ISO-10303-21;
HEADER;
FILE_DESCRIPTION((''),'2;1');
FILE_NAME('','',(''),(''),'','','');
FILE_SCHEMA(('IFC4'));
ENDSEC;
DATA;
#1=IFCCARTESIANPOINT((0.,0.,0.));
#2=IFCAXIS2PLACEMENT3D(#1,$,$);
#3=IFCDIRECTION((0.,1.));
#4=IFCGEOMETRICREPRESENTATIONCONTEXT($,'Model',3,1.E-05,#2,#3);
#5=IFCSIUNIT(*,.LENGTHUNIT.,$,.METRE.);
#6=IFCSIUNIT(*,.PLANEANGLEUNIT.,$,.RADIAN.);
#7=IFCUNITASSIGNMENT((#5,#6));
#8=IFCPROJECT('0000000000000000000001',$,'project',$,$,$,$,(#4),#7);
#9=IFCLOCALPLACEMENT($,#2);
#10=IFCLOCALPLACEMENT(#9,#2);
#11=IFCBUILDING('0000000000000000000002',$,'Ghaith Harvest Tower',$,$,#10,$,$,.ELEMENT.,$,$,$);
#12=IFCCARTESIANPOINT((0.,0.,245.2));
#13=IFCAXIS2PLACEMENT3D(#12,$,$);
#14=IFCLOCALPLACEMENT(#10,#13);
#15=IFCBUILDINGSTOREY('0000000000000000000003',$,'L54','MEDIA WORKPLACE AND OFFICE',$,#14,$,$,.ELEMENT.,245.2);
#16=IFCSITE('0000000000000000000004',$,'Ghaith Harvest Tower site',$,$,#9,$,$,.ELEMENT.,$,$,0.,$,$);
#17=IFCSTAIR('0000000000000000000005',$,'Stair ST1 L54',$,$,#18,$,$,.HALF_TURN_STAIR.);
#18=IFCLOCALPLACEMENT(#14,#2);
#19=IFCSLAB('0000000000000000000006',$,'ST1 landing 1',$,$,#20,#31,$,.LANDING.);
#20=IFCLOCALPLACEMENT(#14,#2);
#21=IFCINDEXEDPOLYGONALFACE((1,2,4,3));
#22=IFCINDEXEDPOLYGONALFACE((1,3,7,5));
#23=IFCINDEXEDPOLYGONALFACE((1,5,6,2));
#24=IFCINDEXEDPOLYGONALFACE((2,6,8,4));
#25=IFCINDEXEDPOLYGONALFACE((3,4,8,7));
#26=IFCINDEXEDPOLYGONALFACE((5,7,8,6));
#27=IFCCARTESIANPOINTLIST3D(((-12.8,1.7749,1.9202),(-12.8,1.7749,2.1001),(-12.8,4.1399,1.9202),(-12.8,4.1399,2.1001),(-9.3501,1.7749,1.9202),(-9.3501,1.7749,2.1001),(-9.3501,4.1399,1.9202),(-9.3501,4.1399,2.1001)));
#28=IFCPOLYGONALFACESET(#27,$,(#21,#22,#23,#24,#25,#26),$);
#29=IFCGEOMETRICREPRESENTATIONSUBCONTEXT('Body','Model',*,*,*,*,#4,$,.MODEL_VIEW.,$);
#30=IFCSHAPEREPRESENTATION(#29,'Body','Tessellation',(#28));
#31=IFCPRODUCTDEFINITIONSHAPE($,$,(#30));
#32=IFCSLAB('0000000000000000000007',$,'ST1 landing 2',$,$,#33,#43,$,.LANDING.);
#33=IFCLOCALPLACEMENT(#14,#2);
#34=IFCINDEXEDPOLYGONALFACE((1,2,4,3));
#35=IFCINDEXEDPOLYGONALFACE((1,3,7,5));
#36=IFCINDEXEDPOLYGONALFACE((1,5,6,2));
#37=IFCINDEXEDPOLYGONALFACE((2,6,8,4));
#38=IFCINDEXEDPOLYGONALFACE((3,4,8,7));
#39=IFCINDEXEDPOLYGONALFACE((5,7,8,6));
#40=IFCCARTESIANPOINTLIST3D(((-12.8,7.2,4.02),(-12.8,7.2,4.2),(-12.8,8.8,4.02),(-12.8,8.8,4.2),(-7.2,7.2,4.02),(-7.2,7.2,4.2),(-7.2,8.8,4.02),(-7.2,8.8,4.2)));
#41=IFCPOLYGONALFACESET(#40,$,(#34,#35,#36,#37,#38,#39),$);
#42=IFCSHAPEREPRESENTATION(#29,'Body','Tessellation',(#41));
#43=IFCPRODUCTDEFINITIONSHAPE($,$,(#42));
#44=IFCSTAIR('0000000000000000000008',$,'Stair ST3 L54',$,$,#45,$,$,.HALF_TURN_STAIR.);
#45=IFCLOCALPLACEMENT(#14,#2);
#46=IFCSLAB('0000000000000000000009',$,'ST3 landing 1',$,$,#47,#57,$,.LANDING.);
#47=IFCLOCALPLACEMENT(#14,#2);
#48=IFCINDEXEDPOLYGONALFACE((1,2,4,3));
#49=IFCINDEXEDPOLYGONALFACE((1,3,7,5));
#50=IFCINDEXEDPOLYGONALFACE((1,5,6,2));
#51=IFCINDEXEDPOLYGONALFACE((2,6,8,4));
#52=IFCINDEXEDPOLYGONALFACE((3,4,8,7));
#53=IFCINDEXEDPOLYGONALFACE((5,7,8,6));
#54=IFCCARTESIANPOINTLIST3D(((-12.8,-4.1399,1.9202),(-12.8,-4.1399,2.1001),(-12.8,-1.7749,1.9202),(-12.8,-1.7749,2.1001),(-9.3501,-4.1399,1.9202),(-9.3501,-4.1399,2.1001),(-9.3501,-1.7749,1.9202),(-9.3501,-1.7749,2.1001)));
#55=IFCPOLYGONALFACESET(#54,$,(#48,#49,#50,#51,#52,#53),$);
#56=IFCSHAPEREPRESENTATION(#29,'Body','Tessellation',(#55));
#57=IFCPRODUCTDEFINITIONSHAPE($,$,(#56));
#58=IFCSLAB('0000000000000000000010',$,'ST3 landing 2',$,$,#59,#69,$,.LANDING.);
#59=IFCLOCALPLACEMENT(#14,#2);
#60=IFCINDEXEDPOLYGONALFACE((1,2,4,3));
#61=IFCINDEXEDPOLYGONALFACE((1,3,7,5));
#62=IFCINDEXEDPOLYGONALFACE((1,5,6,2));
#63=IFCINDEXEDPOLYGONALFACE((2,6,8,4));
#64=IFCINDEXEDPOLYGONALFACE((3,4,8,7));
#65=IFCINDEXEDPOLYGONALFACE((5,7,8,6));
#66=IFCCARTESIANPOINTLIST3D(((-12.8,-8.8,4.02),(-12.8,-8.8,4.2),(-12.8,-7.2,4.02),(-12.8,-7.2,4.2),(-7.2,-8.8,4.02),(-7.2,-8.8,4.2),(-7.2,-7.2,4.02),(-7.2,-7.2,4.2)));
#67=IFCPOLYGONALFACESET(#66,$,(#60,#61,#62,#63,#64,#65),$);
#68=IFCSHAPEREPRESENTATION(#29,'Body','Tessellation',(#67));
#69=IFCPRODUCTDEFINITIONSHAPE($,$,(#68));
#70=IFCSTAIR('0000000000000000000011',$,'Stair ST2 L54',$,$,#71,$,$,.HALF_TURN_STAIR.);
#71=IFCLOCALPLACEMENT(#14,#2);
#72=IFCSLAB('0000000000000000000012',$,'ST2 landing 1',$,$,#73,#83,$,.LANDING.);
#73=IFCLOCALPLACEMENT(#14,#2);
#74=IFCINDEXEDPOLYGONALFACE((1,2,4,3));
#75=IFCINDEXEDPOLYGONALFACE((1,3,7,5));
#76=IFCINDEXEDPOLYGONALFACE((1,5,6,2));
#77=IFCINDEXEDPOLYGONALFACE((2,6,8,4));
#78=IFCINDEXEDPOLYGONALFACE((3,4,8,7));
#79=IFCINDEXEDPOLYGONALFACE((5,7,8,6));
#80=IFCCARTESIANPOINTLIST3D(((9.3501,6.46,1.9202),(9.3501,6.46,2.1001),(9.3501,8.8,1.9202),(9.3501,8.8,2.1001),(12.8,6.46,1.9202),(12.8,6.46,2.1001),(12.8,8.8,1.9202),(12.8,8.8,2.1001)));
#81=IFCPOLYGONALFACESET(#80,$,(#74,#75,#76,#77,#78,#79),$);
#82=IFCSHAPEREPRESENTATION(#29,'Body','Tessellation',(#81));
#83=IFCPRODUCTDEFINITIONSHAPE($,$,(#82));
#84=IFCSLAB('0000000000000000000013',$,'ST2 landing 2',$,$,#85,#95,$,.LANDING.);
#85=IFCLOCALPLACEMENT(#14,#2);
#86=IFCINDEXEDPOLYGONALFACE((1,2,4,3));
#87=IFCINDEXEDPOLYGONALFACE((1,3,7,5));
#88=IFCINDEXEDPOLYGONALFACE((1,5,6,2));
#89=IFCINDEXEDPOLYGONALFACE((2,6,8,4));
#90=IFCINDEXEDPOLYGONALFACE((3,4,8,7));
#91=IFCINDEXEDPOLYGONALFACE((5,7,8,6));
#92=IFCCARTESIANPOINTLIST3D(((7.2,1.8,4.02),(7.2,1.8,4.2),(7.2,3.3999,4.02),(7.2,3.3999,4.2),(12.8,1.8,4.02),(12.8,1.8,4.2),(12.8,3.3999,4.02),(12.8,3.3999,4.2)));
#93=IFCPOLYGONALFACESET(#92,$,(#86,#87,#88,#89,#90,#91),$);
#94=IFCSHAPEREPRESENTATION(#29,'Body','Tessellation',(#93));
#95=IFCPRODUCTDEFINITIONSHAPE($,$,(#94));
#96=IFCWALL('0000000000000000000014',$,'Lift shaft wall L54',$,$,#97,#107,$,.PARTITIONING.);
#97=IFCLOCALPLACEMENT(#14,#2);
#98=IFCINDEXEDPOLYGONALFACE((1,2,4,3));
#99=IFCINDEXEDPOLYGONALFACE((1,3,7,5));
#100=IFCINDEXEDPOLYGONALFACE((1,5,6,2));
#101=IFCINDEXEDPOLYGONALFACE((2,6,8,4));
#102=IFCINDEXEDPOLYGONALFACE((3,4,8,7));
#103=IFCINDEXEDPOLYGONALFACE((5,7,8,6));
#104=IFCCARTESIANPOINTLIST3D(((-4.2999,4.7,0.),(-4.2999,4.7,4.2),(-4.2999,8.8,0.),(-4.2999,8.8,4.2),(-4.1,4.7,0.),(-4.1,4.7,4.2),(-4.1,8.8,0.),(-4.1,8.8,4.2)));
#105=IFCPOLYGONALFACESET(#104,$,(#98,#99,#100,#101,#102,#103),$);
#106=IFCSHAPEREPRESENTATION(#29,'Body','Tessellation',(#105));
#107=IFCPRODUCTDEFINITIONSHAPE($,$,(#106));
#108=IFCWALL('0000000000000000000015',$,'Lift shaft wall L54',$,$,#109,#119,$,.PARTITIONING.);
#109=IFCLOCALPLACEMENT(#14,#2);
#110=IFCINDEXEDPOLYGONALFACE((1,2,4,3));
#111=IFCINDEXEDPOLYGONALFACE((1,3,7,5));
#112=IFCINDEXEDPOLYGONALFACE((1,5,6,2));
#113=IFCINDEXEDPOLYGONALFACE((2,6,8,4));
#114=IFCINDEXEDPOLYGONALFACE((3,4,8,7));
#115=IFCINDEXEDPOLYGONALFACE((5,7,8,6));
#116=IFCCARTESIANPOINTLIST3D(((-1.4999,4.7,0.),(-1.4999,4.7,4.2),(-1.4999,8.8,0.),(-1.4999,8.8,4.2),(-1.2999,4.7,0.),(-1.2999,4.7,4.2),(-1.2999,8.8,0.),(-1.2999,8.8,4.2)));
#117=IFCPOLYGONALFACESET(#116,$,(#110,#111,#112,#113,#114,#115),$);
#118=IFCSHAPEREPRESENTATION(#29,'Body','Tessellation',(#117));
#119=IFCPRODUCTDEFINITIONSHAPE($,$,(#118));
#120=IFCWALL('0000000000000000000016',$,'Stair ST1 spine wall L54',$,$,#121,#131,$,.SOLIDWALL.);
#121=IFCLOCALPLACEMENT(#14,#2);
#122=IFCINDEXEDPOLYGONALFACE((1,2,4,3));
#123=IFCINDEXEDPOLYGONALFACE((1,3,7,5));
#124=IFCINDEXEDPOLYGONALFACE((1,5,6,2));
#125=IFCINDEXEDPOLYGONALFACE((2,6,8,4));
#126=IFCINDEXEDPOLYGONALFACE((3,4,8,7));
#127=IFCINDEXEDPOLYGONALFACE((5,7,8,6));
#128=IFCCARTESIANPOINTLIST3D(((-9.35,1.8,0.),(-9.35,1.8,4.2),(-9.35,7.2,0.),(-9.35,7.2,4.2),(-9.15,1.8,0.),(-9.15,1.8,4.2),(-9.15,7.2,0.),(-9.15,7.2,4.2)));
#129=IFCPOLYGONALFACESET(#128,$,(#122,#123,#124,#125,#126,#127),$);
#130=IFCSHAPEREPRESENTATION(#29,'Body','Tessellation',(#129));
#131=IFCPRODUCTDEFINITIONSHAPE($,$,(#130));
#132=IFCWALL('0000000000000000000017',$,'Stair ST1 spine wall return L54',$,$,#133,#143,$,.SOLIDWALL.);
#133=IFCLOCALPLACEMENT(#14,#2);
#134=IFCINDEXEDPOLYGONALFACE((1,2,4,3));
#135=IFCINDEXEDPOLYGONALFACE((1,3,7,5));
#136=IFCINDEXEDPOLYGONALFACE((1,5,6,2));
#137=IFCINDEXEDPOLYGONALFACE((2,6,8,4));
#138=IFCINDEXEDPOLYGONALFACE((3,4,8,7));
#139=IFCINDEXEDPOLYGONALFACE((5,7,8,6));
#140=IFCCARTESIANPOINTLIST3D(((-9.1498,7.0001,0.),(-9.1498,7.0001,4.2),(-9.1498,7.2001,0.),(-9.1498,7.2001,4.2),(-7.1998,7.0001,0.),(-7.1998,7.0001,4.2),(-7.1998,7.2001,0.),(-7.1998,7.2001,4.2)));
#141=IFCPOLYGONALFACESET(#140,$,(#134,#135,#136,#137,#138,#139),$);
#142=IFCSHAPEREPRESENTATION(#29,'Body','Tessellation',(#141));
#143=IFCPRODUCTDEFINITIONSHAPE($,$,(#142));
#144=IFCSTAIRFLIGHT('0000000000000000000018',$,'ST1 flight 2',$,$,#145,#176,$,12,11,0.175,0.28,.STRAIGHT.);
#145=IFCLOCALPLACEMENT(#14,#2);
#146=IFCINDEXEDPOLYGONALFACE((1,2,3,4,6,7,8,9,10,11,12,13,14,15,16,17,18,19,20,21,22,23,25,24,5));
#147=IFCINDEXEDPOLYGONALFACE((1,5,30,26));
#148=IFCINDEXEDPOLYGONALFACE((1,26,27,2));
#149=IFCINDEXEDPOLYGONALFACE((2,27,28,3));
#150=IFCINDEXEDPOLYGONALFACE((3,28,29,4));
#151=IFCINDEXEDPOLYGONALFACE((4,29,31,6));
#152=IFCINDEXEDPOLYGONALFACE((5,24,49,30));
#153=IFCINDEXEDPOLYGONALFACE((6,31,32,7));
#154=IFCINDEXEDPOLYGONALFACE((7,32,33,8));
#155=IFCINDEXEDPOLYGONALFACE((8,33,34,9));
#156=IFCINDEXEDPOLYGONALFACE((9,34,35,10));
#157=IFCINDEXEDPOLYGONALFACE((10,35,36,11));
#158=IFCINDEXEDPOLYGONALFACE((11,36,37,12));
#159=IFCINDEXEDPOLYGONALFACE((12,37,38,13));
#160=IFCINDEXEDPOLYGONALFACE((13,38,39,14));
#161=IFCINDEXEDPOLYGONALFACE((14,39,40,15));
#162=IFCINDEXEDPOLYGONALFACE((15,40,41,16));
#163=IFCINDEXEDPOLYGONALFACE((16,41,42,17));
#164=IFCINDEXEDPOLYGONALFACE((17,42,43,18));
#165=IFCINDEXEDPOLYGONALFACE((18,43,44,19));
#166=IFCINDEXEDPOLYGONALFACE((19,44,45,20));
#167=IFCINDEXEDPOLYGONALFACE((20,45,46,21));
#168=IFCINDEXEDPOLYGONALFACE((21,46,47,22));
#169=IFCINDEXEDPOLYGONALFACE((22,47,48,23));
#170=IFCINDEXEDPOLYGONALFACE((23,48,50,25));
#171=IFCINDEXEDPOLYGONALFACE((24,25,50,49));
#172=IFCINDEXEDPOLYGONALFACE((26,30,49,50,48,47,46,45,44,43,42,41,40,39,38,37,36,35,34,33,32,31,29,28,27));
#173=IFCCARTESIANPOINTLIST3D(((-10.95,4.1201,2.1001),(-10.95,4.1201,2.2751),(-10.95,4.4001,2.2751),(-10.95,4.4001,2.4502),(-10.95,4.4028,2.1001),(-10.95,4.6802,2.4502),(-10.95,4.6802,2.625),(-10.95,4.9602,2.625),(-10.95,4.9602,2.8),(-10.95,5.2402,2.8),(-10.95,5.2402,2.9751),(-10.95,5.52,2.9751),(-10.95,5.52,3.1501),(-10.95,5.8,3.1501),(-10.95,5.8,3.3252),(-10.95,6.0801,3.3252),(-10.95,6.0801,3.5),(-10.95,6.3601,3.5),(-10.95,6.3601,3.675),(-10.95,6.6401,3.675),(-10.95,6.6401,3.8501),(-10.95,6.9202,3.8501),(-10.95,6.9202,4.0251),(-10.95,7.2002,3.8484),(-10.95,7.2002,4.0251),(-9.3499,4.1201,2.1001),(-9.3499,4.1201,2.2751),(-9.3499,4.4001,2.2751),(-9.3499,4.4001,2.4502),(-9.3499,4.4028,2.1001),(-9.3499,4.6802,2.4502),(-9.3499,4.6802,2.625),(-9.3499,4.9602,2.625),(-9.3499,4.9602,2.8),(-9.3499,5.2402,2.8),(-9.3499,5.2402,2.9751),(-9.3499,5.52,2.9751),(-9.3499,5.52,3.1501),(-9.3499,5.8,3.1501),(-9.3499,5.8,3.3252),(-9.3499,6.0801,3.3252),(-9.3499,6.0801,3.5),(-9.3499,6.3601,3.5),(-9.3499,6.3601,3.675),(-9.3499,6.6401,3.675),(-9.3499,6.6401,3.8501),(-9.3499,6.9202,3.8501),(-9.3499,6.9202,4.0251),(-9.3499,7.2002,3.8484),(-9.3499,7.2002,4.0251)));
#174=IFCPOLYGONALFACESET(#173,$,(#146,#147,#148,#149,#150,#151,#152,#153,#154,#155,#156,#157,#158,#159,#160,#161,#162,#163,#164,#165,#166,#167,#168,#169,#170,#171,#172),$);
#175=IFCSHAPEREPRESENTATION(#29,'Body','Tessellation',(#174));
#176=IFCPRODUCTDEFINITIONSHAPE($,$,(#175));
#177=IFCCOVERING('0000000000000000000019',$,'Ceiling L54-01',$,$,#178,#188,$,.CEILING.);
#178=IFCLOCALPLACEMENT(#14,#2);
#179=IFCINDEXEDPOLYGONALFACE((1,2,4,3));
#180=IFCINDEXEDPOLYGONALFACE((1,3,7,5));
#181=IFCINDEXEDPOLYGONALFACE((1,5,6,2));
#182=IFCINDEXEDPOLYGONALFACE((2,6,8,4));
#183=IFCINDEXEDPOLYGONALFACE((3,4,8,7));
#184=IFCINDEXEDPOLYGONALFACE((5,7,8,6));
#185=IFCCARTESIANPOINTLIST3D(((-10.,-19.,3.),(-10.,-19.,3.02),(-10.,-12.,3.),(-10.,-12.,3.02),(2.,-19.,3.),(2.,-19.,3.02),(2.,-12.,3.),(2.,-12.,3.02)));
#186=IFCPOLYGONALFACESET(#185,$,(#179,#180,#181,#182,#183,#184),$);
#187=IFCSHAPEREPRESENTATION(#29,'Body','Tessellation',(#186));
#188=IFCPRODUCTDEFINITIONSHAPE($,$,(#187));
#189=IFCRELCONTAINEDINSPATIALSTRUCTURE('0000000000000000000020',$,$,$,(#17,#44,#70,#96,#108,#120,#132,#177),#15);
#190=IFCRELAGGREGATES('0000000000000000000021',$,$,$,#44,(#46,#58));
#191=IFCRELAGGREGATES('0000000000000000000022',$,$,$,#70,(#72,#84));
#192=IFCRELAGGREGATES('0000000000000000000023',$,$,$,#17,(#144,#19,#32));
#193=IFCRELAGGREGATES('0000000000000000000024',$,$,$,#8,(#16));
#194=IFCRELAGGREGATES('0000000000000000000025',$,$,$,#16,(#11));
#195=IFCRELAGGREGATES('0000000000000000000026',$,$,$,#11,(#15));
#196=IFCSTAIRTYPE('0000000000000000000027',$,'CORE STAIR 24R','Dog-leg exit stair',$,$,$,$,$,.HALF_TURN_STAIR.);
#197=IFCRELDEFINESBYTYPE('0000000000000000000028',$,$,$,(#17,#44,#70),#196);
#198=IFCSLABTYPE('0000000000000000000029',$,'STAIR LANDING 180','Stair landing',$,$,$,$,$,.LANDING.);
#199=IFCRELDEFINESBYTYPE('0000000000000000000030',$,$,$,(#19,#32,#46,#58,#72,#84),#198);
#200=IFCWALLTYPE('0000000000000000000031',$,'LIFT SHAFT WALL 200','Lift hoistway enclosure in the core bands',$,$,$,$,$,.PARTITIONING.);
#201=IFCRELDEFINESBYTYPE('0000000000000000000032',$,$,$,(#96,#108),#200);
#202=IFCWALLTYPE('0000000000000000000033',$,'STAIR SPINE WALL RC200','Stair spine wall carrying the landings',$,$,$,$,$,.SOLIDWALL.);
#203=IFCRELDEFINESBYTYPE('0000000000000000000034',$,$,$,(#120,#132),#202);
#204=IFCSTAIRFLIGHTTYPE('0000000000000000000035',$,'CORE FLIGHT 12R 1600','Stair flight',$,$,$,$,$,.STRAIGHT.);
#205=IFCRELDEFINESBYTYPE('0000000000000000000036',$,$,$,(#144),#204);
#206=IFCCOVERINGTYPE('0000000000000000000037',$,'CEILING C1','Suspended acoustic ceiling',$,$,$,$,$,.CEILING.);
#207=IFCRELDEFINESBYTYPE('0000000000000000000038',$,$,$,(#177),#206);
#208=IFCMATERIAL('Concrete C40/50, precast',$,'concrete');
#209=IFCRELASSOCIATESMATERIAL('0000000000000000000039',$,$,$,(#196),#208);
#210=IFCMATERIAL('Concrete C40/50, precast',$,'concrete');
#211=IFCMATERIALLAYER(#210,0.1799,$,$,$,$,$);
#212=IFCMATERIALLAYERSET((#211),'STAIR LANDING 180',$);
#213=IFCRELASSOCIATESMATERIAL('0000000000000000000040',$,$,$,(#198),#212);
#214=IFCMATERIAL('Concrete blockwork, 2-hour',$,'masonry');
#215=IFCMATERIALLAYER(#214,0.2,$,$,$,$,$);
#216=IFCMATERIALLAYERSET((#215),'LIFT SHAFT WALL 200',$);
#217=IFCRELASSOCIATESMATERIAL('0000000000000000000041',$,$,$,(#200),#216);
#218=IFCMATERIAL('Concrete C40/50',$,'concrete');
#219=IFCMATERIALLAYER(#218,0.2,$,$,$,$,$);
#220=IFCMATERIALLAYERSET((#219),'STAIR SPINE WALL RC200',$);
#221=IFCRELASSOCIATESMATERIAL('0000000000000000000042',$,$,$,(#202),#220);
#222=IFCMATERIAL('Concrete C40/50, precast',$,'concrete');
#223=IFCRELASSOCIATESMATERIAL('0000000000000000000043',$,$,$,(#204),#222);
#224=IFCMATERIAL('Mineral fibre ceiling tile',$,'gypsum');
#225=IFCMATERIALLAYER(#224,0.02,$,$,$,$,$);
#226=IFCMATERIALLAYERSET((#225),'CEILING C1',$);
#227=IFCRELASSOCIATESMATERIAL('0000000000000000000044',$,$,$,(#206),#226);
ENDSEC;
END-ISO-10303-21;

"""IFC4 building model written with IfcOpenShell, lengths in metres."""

from ifc_helpers import new_model, si_unit, direction, frame, frame_2d, origin, place, context, subcontext, project, spatial, polyline, rectangle, outline, extrude, material, layer, layer_set, type_object, element, aggregate, save


model = new_model("IFC4")

# Units and contexts
model_context = context("Model", 3, precision=1e-05, world=origin(), true_north=direction((0.0, 1.0)))
body_context = subcontext(model_context, "Body", "Model", "MODEL_VIEW")
ifc_project = project(units=[si_unit("LENGTHUNIT", "METRE"), si_unit("PLANEANGLEUNIT", "RADIAN")], contexts=[model_context])

# Site, building, storey
site_placement = place(None, origin())
site = spatial("IfcSite", under=ifc_project, at=site_placement, Name="Ghaith Harvest Tower site", CompositionType="ELEMENT", RefElevation=0.0)
building_placement = place(site_placement, origin())
building = spatial("IfcBuilding", under=site, at=building_placement, Name="Ghaith Harvest Tower", CompositionType="ELEMENT")
storey_placement = place(building_placement, frame((0.0, 0.0, 245.2)))
storey = spatial("IfcBuildingStorey", under=building, at=storey_placement, Name="L54", Description="MEDIA WORKPLACE AND OFFICE", CompositionType="ELEMENT", Elevation=245.2)

# Stairs, slabs
ifc_material_1 = material(Name="Concrete C40/50, precast", Category="concrete")
stair_type = type_object("IfcStairType", Name="CORE STAIR 24R", Description="Dog-leg exit stair", PredefinedType="HALF_TURN_STAIR", material=ifc_material_1)
stair_1_placement = place(storey_placement, origin())
stair_1 = element("IfcStair", 1, at=stair_1_placement, inside=storey, type_object=stair_type, Name="Stair ST1 L54", PredefinedType="HALF_TURN_STAIR")
ifc_material_2 = material(Name="Concrete C40/50, precast", Category="concrete")
ifc_layer_1 = layer(ifc_material_2, 0.1799)
ifc_layer_set_1 = layer_set([ifc_layer_1], Name="STAIR LANDING 180")
slab_type_1 = type_object("IfcSlabType", Name="STAIR LANDING 180", Description="Stair landing", PredefinedType="LANDING", material=ifc_layer_set_1)
slab_1_placement = place(storey_placement, frame((0.0, 0.0, 1.9202)))
slab_1 = element("IfcSlab", 2, at=slab_1_placement, type_object=slab_type_1, Name="ST1 landing 1", PredefinedType="LANDING", context=body_context, shape_type="SweptSolid", body=[
    extrude(outline(polyline([(-12.8, 4.1399), (-12.8, 1.7749), (-9.3501, 1.7749), (-9.3501, 4.1399), (-12.8, 4.1399)])), origin(), (0.0, 0.0, 1.0), 0.1799),
])
slab_2_placement = place(storey_placement, frame((0.0, 0.0, 4.02)))
slab_2 = element("IfcSlab", 3, at=slab_2_placement, type_object=slab_type_1, Name="ST1 landing 2", PredefinedType="LANDING", context=body_context, shape_type="SweptSolid", body=[
    extrude(outline(polyline([(-12.8, 8.8), (-12.8, 7.2), (-7.2, 7.2), (-7.2, 8.8), (-12.8, 8.8)])), origin(), (0.0, 0.0, 1.0), 0.1799),
])
stair_2_placement = place(storey_placement, origin())
stair_2 = element("IfcStair", 4, at=stair_2_placement, inside=storey, type_object=stair_type, Name="Stair ST3 L54", PredefinedType="HALF_TURN_STAIR")
slab_3_placement = place(storey_placement, frame((0.0, 0.0, 1.9202)))
slab_3 = element("IfcSlab", 5, at=slab_3_placement, type_object=slab_type_1, Name="ST3 landing 1", PredefinedType="LANDING", context=body_context, shape_type="SweptSolid", body=[
    extrude(outline(polyline([(-12.8, -4.1399), (-12.8, -1.7749), (-9.3501, -1.7749), (-9.3501, -4.1399), (-12.8, -4.1399)])), origin(), (0.0, 0.0, 1.0), 0.1799),
])
slab_4_placement = place(storey_placement, frame((0.0, 0.0, 4.02)))
slab_4 = element("IfcSlab", 6, at=slab_4_placement, type_object=slab_type_1, Name="ST3 landing 2", PredefinedType="LANDING", context=body_context, shape_type="SweptSolid", body=[
    extrude(outline(polyline([(-12.8, -8.8), (-12.8, -7.2), (-7.2, -7.2), (-7.2, -8.8), (-12.8, -8.8)])), origin(), (0.0, 0.0, 1.0), 0.1799),
])
aggregate(stair_2, [slab_3, slab_4])
stair_3_placement = place(storey_placement, origin())
stair_3 = element("IfcStair", 7, at=stair_3_placement, inside=storey, type_object=stair_type, Name="Stair ST2 L54", PredefinedType="HALF_TURN_STAIR")
slab_5_placement = place(storey_placement, frame((0.0, 0.0, 1.9202)))
slab_5 = element("IfcSlab", 8, at=slab_5_placement, type_object=slab_type_1, Name="ST2 landing 1", PredefinedType="LANDING", context=body_context, shape_type="SweptSolid", body=[
    extrude(outline(polyline([(12.8, 6.46), (12.8, 8.8), (9.3501, 8.8), (9.3501, 6.46), (12.8, 6.46)])), origin(), (0.0, 0.0, 1.0), 0.1799),
])
slab_6_placement = place(storey_placement, frame((0.0, 0.0, 4.02)))
slab_6 = element("IfcSlab", 9, at=slab_6_placement, type_object=slab_type_1, Name="ST2 landing 2", PredefinedType="LANDING", context=body_context, shape_type="SweptSolid", body=[
    extrude(outline(polyline([(12.8, 1.8), (12.8, 3.3999), (7.2, 3.3999), (7.2, 1.8), (12.8, 1.8)])), origin(), (0.0, 0.0, 1.0), 0.1799),
])
aggregate(stair_3, [slab_5, slab_6])

# Walls
ifc_material_3 = material(Name="Concrete blockwork, 2-hour", Category="masonry")
ifc_layer_2 = layer(ifc_material_3, 0.2)
ifc_layer_set_2 = layer_set([ifc_layer_2], Name="LIFT SHAFT WALL 200")
wall_type_1 = type_object("IfcWallType", Name="LIFT SHAFT WALL 200", Description="Lift hoistway enclosure in the core bands", PredefinedType="PARTITIONING", material=ifc_layer_set_2)
for number, where, z_axis, x_axis, name in (
    (10, (-4.2, 4.7, 0.0), (0.0, 0.0, 1.0), (0.0, 1.0, 0.0), "Lift shaft wall L54"),
    (11, (-1.3999, 4.7, 0.0), (0.0, 0.0, 1.0), (0.0, 1.0, 0.0), "Lift shaft wall L54"),
):
    element("IfcWall", number, at=place(storey_placement, frame(where, z_axis=z_axis, x_axis=x_axis)), inside=storey, type_object=wall_type_1, Name=name, PredefinedType="PARTITIONING", context=body_context, shape_type="SweptSolid", body=[
        extrude(rectangle(XDim=4.1001, YDim=0.2, at=frame_2d((2.05, 0.0))), origin(), (0.0, 0.0, 1.0), 4.2),
    ])

# Walls
ifc_material_4 = material(Name="Concrete C40/50", Category="concrete")
ifc_layer_3 = layer(ifc_material_4, 0.2)
ifc_layer_set_3 = layer_set([ifc_layer_3], Name="STAIR SPINE WALL RC200")
wall_type_2 = type_object("IfcWallType", Name="STAIR SPINE WALL RC200", Description="Stair spine wall carrying the landings", PredefinedType="SOLIDWALL", material=ifc_layer_set_3)
wall_1_placement = place(storey_placement, frame((-9.25, 7.2, 0.0), z_axis=(0.0, 0.0, 1.0), x_axis=(0.0, -1.0, 0.0)))
element("IfcWall", 12, at=wall_1_placement, inside=storey, type_object=wall_type_2, Name="Stair ST1 spine wall L54", PredefinedType="SOLIDWALL", context=body_context, shape_type="SweptSolid", body=[
    extrude(rectangle(XDim=5.3999, YDim=0.2, at=frame_2d((2.7, 0.0))), origin(), (0.0, 0.0, 1.0), 4.2),
])
wall_2_placement = place(storey_placement, frame((-9.1499, 7.1001, 0.0), z_axis=(0.0, 0.0, 1.0), x_axis=(1.0, 0.0, 0.0)))
element("IfcWall", 13, at=wall_2_placement, inside=storey, type_object=wall_type_2, Name="Stair ST1 spine wall return L54", PredefinedType="SOLIDWALL", context=body_context, shape_type="SweptSolid", body=[
    extrude(rectangle(XDim=1.95, YDim=0.2, at=frame_2d((0.9751, 0.0))), origin(), (0.0, 0.0, 1.0), 4.2),
])

# Stair flight
ifc_material_5 = material(Name="Concrete C40/50, precast", Category="concrete")
stair_flight_type = type_object("IfcStairFlightType", Name="CORE FLIGHT 12R 1600", Description="Stair flight", PredefinedType="STRAIGHT", material=ifc_material_5)
stair_flight_placement = place(storey_placement, frame((-10.1499, 4.1201, 2.1001), z_axis=(0.0, 0.0, 1.0), x_axis=(0.0, 1.0, 0.0)))
stair_flight = element("IfcStairFlight", 14, at=stair_flight_placement, type_object=stair_flight_type, Name="ST1 flight 2", NumberOfRisers=12, NumberOfTreads=11, PredefinedType="STRAIGHT", RiserHeight=0.175, TreadLength=0.28, context=body_context, shape_type="SweptSolid", body=[
    extrude(outline(polyline([(0.0, 0.0), (0.0, 0.175), (0.28, 0.175), (0.28, 0.3501), (0.5601, 0.3501), (0.5601, 0.5249), (0.8401, 0.5249), (0.8401, 0.7), (1.1201, 0.7), (1.1201, 0.875), (1.3999, 0.875), (1.3999, 1.05), (1.6799, 1.05), (1.6799, 1.2251), (1.96, 1.2251), (1.96, 1.3999), (2.24, 1.3999), (2.24, 1.575), (2.52, 1.575), (2.52, 1.75), (2.8, 1.75), (2.8, 1.925), (3.0801, 1.925), (3.0801, 2.1001), (3.0801, 1.7483), (0.2827, 0.0), (0.0, 0.0)])), frame((0.0, 0.8, 0.0), z_axis=(0.0, -1.0, 0.0), x_axis=(1.0, 0.0, 0.0)), (0.0, 0.0, 1.0), 1.6001),
])
aggregate(stair_1, [stair_flight, slab_1, slab_2])

# Covering
ifc_material_6 = material(Name="Mineral fibre ceiling tile", Category="gypsum")
ifc_layer_4 = layer(ifc_material_6, 0.02)
ifc_layer_set_4 = layer_set([ifc_layer_4], Name="CEILING C1")
covering_type = type_object("IfcCoveringType", Name="CEILING C1", Description="Suspended acoustic ceiling", PredefinedType="CEILING", material=ifc_layer_set_4)
covering_1_placement = place(storey_placement, frame((0.0, 0.0, 3.0)))
element("IfcCovering", 15, at=covering_1_placement, inside=storey, type_object=covering_type, Name="Ceiling L54-01", PredefinedType="CEILING", context=body_context, shape_type="SweptSolid", body=[
    extrude(outline(polyline([(-10.0, -19.0), (2.0, -19.0), (2.0, -12.0), (-10.0, -12.0), (-10.0, -19.0)])), origin(), (0.0, 0.0, 1.0), 0.02),
])

save(model, "model.ifc")
